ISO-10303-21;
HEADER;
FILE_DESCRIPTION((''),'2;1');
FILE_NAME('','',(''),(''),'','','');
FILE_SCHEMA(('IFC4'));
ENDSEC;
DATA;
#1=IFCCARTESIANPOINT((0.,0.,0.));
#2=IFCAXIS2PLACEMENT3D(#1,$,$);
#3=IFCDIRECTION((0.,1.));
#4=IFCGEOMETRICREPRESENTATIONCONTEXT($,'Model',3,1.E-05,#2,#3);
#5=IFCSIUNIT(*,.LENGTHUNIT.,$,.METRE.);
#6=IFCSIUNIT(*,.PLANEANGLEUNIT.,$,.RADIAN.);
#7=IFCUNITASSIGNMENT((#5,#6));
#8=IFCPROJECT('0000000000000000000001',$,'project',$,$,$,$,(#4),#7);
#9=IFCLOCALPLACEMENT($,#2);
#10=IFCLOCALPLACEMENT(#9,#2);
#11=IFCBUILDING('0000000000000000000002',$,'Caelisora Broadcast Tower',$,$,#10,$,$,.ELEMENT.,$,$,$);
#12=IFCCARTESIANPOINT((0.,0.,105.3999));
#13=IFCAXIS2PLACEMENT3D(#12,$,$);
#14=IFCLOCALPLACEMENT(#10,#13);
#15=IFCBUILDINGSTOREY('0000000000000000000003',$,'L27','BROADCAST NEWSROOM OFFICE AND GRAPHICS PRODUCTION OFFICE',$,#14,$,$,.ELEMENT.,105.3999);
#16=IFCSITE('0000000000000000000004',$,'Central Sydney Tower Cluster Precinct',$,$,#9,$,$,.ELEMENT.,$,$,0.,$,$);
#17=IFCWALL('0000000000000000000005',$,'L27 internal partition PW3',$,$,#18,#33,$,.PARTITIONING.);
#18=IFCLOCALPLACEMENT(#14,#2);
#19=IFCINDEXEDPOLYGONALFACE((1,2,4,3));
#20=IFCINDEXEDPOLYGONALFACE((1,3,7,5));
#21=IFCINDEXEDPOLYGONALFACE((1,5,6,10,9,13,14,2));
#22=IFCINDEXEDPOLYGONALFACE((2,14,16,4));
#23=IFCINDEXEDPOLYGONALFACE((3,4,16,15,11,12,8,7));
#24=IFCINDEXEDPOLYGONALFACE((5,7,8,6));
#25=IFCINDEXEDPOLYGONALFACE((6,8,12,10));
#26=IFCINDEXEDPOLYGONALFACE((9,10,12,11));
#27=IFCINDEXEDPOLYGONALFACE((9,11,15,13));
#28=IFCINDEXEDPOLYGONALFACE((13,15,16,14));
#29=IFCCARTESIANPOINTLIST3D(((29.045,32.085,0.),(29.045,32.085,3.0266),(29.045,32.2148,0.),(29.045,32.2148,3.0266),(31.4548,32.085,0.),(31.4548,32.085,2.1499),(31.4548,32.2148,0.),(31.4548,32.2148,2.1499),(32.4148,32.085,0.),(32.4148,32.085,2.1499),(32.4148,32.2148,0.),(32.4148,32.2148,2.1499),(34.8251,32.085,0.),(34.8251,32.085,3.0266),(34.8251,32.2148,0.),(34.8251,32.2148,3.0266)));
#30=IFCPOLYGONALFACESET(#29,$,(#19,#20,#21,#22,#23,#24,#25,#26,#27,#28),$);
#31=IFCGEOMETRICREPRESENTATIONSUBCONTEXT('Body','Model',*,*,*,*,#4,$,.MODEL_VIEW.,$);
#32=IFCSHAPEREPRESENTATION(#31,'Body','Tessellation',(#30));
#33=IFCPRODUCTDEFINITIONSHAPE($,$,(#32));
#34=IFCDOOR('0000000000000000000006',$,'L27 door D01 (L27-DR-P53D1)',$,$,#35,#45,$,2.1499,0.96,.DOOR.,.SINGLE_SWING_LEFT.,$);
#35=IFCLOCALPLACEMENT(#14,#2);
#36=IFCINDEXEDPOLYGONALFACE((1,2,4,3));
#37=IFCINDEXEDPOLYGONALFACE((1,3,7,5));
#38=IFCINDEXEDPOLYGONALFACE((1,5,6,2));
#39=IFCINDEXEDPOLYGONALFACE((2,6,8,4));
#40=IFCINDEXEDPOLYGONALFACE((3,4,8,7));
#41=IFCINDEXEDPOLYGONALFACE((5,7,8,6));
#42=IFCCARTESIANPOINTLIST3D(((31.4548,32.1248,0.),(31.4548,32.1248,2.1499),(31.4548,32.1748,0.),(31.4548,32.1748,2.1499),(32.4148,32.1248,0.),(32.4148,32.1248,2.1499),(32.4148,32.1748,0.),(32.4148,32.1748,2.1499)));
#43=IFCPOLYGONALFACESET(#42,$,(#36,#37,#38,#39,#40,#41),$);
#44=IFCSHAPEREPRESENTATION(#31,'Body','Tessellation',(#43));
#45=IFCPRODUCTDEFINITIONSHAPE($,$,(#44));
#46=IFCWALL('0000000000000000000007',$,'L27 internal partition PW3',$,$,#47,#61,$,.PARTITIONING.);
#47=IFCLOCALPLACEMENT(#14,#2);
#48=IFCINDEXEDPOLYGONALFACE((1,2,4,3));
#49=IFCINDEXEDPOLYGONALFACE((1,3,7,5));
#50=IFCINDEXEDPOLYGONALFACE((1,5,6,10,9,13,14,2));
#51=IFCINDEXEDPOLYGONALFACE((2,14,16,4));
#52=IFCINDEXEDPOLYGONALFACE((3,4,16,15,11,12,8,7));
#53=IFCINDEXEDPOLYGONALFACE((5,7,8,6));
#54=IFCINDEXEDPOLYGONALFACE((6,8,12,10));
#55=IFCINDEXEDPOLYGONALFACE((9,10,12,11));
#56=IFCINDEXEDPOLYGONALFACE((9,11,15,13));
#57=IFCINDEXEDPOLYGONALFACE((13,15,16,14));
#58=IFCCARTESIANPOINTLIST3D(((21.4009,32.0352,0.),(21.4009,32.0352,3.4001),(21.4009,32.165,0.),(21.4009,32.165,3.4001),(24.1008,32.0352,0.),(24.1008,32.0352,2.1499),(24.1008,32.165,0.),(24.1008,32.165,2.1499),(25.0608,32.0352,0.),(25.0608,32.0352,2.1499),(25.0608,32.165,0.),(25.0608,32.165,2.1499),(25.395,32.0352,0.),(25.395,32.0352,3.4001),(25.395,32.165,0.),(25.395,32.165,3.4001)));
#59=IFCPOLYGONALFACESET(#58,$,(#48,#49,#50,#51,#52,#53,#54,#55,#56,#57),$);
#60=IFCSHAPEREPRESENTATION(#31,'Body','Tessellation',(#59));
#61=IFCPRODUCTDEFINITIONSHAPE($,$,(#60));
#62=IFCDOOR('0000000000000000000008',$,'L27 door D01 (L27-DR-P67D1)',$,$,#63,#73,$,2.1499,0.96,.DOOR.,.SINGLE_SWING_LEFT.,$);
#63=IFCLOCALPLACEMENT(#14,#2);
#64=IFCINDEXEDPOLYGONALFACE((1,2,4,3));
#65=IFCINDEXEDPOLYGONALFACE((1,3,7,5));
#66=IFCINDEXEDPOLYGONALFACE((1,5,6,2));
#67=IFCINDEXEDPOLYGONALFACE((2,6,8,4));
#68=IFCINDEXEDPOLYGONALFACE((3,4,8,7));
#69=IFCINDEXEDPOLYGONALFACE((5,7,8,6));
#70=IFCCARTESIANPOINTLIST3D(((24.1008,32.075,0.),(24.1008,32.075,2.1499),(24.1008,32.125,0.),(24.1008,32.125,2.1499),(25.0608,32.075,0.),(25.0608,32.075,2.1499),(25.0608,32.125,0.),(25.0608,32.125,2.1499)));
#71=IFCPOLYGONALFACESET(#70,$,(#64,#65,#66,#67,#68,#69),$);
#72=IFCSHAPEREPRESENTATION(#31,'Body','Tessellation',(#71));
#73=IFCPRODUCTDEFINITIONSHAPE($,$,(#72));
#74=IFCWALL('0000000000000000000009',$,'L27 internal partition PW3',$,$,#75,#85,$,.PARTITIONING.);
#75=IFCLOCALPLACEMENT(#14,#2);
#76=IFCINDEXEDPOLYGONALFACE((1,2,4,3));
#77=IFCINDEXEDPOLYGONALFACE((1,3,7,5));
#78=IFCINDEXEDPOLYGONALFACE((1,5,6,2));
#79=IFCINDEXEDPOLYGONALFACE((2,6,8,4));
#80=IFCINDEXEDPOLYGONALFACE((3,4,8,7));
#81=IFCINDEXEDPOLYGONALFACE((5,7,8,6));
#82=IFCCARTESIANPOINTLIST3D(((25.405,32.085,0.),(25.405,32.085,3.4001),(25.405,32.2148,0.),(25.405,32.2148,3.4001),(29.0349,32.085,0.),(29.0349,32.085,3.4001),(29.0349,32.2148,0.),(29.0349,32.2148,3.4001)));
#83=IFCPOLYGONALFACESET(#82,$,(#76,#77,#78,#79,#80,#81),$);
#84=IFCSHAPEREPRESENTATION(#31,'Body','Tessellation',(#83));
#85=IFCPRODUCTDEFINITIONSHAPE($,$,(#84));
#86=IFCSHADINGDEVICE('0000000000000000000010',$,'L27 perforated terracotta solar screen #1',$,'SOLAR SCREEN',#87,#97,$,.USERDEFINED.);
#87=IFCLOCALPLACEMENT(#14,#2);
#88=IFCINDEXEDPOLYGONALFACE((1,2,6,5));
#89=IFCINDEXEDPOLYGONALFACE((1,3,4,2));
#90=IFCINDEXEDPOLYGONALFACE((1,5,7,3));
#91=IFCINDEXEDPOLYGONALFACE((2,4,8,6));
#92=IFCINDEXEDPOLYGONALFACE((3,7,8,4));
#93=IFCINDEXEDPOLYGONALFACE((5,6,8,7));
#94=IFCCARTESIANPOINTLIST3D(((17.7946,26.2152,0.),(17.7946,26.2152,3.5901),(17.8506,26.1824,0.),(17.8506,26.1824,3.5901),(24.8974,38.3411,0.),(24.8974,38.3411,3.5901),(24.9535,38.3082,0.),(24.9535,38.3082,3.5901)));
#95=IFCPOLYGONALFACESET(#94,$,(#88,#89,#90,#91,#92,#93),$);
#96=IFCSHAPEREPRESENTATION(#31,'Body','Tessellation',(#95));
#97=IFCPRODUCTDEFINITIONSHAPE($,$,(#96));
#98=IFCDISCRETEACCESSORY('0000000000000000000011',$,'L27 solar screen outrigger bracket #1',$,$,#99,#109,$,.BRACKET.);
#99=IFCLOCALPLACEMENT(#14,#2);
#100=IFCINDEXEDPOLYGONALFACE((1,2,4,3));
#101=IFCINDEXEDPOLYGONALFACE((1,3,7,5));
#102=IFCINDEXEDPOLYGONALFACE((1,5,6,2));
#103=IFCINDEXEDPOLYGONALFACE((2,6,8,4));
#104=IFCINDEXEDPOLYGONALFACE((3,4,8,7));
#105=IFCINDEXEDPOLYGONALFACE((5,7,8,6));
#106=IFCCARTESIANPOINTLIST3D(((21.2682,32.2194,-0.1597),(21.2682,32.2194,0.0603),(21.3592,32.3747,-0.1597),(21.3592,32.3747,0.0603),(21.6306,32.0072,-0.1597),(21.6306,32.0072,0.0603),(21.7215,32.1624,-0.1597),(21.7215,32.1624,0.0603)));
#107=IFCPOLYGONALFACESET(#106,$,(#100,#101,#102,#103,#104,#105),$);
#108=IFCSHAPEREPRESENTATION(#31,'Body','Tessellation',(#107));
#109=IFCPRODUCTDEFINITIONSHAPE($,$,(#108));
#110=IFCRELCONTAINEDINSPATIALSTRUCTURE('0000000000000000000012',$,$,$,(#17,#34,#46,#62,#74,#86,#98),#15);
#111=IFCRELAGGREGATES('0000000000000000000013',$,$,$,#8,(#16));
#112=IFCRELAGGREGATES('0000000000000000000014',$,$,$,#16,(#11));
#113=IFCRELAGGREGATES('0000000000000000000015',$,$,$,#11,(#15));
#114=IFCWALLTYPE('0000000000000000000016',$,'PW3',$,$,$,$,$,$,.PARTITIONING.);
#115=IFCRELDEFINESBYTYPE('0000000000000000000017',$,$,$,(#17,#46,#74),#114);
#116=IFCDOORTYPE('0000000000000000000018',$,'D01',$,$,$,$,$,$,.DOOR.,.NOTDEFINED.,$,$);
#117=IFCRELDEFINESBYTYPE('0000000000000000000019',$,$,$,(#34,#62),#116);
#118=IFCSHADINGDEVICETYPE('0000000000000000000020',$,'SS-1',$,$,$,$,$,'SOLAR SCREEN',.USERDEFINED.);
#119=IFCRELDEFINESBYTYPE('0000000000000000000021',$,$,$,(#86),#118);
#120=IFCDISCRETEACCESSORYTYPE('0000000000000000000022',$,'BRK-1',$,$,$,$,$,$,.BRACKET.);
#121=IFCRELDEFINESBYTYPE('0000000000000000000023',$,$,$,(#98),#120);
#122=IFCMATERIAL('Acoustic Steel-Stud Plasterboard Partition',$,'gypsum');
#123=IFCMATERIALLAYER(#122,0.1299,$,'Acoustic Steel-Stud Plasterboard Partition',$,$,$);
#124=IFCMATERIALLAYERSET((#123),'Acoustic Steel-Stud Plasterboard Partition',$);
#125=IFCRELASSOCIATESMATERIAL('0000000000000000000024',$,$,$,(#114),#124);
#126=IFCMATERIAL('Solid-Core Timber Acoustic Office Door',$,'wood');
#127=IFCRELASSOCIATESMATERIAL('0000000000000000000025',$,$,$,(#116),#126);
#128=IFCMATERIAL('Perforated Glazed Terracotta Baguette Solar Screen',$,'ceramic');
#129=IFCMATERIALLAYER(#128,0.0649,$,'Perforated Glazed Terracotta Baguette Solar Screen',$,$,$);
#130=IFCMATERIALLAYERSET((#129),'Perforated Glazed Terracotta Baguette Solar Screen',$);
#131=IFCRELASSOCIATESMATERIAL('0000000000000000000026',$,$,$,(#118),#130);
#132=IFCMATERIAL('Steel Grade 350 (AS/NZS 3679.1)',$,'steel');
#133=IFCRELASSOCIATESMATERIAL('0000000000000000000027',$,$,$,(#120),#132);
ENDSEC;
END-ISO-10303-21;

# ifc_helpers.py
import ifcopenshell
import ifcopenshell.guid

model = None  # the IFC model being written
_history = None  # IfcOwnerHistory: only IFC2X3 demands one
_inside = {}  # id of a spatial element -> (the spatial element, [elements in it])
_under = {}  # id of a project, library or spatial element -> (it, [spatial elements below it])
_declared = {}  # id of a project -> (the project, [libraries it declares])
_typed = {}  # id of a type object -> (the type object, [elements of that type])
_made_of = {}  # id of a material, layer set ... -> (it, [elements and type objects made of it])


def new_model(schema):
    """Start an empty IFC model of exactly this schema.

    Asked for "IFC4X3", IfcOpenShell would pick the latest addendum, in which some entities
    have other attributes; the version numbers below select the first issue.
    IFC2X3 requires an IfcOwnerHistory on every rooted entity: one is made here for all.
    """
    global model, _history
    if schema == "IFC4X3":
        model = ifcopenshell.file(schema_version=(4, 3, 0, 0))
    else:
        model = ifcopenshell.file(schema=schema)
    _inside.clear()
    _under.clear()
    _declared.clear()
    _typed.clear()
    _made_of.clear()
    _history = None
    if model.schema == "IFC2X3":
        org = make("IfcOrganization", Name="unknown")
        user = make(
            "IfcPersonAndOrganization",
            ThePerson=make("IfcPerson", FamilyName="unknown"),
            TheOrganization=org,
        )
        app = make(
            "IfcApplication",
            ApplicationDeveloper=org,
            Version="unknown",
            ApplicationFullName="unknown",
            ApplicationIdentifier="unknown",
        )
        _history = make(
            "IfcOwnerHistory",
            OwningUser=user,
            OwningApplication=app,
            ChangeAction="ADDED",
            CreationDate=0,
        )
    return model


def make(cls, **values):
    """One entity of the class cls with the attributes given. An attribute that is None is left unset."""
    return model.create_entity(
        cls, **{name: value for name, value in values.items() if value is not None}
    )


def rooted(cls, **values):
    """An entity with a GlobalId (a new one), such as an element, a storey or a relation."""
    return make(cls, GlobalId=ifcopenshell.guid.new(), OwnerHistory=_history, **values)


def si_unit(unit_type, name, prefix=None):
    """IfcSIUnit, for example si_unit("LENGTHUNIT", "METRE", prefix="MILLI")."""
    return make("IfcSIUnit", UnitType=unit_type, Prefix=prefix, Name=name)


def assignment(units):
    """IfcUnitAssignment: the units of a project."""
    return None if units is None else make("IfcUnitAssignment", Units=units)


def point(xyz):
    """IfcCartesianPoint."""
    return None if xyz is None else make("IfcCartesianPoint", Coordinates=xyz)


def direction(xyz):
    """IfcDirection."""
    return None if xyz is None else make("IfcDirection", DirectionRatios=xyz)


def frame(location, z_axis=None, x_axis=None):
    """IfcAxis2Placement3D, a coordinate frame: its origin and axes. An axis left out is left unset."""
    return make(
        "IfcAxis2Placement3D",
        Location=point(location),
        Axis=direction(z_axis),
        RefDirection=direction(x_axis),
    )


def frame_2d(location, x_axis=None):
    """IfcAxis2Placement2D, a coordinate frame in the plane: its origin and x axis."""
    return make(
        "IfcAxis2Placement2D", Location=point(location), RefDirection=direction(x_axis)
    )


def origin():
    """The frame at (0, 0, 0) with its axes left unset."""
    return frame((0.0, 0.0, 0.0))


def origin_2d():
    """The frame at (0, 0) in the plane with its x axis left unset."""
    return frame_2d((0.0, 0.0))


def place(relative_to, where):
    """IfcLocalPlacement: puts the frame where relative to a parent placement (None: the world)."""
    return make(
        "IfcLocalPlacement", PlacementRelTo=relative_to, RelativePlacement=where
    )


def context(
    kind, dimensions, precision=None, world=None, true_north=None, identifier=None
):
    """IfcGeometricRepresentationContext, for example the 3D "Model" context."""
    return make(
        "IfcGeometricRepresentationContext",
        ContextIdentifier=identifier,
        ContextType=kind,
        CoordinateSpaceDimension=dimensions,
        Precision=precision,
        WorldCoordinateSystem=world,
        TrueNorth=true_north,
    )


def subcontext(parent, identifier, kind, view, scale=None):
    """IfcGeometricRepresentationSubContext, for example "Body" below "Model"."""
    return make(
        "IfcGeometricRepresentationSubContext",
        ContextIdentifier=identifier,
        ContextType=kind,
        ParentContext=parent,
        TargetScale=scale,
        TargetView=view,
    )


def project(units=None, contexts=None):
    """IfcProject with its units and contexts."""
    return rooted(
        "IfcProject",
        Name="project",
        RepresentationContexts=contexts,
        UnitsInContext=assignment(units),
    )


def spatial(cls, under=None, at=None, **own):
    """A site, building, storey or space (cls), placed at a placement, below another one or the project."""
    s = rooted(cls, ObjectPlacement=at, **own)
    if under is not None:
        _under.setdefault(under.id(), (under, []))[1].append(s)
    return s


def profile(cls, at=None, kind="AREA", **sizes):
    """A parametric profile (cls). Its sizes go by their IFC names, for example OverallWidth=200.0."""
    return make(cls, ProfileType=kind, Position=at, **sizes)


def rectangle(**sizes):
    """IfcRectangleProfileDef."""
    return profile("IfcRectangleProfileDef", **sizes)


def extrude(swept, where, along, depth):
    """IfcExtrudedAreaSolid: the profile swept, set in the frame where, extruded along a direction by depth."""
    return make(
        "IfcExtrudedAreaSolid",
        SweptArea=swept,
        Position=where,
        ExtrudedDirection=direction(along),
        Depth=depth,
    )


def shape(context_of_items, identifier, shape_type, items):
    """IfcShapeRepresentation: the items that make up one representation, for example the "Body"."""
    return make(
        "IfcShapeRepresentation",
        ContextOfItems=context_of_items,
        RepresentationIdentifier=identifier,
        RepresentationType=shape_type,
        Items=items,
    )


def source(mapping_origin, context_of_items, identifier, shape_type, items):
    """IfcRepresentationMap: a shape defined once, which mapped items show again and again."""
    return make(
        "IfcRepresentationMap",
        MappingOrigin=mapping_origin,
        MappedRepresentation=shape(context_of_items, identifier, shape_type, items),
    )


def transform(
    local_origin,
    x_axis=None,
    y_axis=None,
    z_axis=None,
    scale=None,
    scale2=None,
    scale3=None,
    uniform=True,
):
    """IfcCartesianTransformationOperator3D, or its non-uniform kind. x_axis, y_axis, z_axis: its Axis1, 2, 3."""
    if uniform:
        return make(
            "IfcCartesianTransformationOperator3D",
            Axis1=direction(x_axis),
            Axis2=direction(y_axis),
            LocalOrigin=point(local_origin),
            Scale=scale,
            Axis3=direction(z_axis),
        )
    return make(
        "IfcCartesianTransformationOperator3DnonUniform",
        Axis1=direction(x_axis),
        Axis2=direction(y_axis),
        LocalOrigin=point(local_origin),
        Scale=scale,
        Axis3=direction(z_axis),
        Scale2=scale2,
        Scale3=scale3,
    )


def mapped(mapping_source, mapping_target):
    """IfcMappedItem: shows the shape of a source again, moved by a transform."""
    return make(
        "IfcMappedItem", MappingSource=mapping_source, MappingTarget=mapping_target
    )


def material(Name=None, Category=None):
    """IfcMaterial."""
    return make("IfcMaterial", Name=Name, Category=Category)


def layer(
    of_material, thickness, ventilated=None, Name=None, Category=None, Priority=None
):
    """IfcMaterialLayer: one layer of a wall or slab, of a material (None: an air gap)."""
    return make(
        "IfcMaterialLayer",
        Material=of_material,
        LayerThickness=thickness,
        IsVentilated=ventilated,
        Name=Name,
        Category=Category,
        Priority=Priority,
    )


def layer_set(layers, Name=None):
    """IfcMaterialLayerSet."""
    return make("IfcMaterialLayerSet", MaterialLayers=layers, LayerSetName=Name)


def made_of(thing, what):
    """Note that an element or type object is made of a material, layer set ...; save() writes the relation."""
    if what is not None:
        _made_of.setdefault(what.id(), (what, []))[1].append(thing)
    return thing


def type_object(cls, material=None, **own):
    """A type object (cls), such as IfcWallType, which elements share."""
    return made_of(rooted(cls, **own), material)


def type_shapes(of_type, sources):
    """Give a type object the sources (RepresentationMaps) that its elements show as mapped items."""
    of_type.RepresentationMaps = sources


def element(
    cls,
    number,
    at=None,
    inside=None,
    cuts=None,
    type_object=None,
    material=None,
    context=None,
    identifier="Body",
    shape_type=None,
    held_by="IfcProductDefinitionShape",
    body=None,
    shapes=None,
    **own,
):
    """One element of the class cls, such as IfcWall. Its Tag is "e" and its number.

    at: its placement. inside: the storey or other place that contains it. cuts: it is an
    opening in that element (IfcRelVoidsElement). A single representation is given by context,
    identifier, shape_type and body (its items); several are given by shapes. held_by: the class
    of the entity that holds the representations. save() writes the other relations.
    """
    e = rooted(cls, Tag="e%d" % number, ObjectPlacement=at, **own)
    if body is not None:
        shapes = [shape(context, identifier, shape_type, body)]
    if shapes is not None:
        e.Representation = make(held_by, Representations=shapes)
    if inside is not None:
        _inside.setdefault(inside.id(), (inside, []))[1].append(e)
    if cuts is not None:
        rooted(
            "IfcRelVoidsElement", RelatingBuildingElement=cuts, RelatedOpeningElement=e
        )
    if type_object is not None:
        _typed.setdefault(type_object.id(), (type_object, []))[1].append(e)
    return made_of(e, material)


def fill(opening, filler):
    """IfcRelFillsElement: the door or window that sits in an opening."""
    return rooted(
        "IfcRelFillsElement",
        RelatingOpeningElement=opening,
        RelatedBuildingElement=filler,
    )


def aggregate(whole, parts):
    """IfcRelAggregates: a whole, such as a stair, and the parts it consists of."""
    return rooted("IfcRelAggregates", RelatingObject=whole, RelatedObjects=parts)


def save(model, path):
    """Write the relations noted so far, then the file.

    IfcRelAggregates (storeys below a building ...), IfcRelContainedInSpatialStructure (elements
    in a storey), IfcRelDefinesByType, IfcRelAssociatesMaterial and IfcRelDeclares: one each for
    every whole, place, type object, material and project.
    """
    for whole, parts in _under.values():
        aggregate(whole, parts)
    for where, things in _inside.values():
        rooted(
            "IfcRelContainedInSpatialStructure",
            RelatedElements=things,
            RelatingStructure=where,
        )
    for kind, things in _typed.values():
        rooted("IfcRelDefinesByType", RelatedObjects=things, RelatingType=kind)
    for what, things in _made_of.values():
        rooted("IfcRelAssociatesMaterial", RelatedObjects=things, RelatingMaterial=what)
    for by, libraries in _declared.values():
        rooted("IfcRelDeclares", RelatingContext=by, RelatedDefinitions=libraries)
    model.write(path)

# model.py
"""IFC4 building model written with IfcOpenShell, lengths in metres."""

from ifc_helpers import new_model, si_unit, direction, frame, frame_2d, origin, origin_2d, place, context, subcontext, project, spatial, rectangle, extrude, source, transform, mapped, material, layer, layer_set, type_object, type_shapes, element, fill, save


model = new_model("IFC4")

# Units and contexts
model_context = context("Model", 3, precision=1e-05, world=origin(), true_north=direction((0.0, 1.0)))
body_context = subcontext(model_context, "Body", "Model", "MODEL_VIEW")
ifc_project = project(units=[si_unit("LENGTHUNIT", "METRE"), si_unit("PLANEANGLEUNIT", "RADIAN")], contexts=[model_context])

# Site, building, storey
site_placement = place(None, origin())
site = spatial("IfcSite", under=ifc_project, at=site_placement, Name="Central Sydney Tower Cluster Precinct", CompositionType="ELEMENT", RefElevation=0.0)
building_placement = place(site_placement, origin())
building = spatial("IfcBuilding", under=site, at=building_placement, Name="Caelisora Broadcast Tower", CompositionType="ELEMENT")
storey_placement = place(building_placement, frame((0.0, 0.0, 105.3999)))
storey = spatial("IfcBuildingStorey", under=building, at=storey_placement, Name="L27", Description="BROADCAST NEWSROOM OFFICE AND GRAPHICS PRODUCTION OFFICE", CompositionType="ELEMENT", Elevation=105.3999)

# Shared definitions
ifc_material_1 = material(Name="Steel Grade 350 (AS/NZS 3679.1)", Category="steel")

# Shared definitions
ifc_material_2 = material(Name="Acoustic Steel-Stud Plasterboard Partition", Category="gypsum")
ifc_layer_1 = layer(ifc_material_2, 0.1299, Name="Acoustic Steel-Stud Plasterboard Partition")
ifc_layer_set_1 = layer_set([ifc_layer_1], Name="Acoustic Steel-Stud Plasterboard Partition")
wall_type_1 = type_object("IfcWallType", Name="PW3", PredefinedType="PARTITIONING", material=ifc_layer_set_1)

# Walls, openings, doors
wall_1_placement = place(storey_placement, frame((29.0449, 32.1499, 0.0), z_axis=(0.0, 0.0, 1.0), x_axis=(1.0, 0.0, 0.0)))
wall_1 = element("IfcWall", 1, at=wall_1_placement, inside=storey, type_object=wall_type_1, Name="L27 internal partition PW3", PredefinedType="PARTITIONING", context=body_context, shape_type="SweptSolid", body=[
    extrude(rectangle(XDim=5.78, YDim=0.1299, at=frame_2d((2.8901, 0.0))), origin(), (0.0, 0.0, 1.0), 3.0266),
])
opening_1_placement = place(wall_1_placement, frame((2.4099, 0.0, 0.0)))
opening_1 = element("IfcOpeningElement", 2, at=opening_1_placement, cuts=wall_1, PredefinedType="OPENING", context=body_context, shape_type="SweptSolid", body=[
    extrude(rectangle(XDim=0.96, YDim=2.1499, at=frame_2d((0.48, 1.075))), frame((0.0, 0.0769, 0.0), z_axis=(0.0, -1.0, 0.0), x_axis=(1.0, 0.0, 0.0)), (0.0, 0.0, 1.0), 0.1538),
])
ifc_material_3 = material(Name="Solid-Core Timber Acoustic Office Door", Category="wood")
door_type = type_object("IfcDoorType", Name="D01", OperationType="NOTDEFINED", PredefinedType="DOOR", material=ifc_material_3)
door_1_placement = place(opening_1_placement, origin())
door_1 = element("IfcDoor", 3, at=door_1_placement, inside=storey, type_object=door_type, Name="L27 door D01 (L27-DR-P53D1)", OperationType="SINGLE_SWING_LEFT", OverallHeight=2.1499, OverallWidth=0.96, PredefinedType="DOOR", context=body_context, shape_type="SweptSolid", body=[
    extrude(rectangle(XDim=0.96, YDim=2.1499, at=frame_2d((0.48, 1.075))), frame((0.0, 0.0249, 0.0), z_axis=(0.0, -1.0, 0.0), x_axis=(1.0, 0.0, 0.0)), (0.0, 0.0, 1.0), 0.05),
])
fill(opening_1, door_1)
wall_2_placement = place(storey_placement, frame((21.4009, 32.1001, 0.0), z_axis=(0.0, 0.0, 1.0), x_axis=(1.0, 0.0, 0.0)))
wall_2 = element("IfcWall", 4, at=wall_2_placement, inside=storey, type_object=wall_type_1, Name="L27 internal partition PW3", PredefinedType="PARTITIONING", context=body_context, shape_type="SweptSolid", body=[
    extrude(rectangle(XDim=3.9941, YDim=0.1299, at=frame_2d((1.9971, 0.0))), origin(), (0.0, 0.0, 1.0), 3.4001),
])
opening_2_placement = place(wall_2_placement, frame((2.7, 0.0, 0.0)))
opening_2 = element("IfcOpeningElement", 5, at=opening_2_placement, cuts=wall_2, PredefinedType="OPENING", context=body_context, shape_type="SweptSolid", body=[
    extrude(rectangle(XDim=0.96, YDim=2.1499, at=frame_2d((0.48, 1.075))), frame((0.0, 0.0769, 0.0), z_axis=(0.0, -1.0, 0.0), x_axis=(1.0, 0.0, 0.0)), (0.0, 0.0, 1.0), 0.1538),
])
door_2_placement = place(opening_2_placement, origin())
door_2 = element("IfcDoor", 6, at=door_2_placement, inside=storey, type_object=door_type, Name="L27 door D01 (L27-DR-P67D1)", OperationType="SINGLE_SWING_LEFT", OverallHeight=2.1499, OverallWidth=0.96, PredefinedType="DOOR", context=body_context, shape_type="SweptSolid", body=[
    extrude(rectangle(XDim=0.96, YDim=2.1499, at=frame_2d((0.48, 1.075))), frame((0.0, 0.0249, 0.0), z_axis=(0.0, -1.0, 0.0), x_axis=(1.0, 0.0, 0.0)), (0.0, 0.0, 1.0), 0.05),
])
fill(opening_2, door_2)

# Wall
wall_3_placement = place(storey_placement, frame((25.405, 32.1499, 0.0), z_axis=(0.0, 0.0, 1.0), x_axis=(1.0, 0.0, 0.0)))
element("IfcWall", 7, at=wall_3_placement, inside=storey, type_object=wall_type_1, Name="L27 internal partition PW3", PredefinedType="PARTITIONING", context=body_context, shape_type="SweptSolid", body=[
    extrude(rectangle(XDim=3.6299, YDim=0.1299, at=frame_2d((1.8149, 0.0))), origin(), (0.0, 0.0, 1.0), 3.4001),
])

# Shading device
ifc_material_4 = material(Name="Perforated Glazed Terracotta Baguette Solar Screen", Category="ceramic")
ifc_layer_2 = layer(ifc_material_4, 0.0649, Name="Perforated Glazed Terracotta Baguette Solar Screen")
ifc_layer_set_2 = layer_set([ifc_layer_2], Name="Perforated Glazed Terracotta Baguette Solar Screen")
shading_device_type = type_object("IfcShadingDeviceType", Name="SS-1", ElementType="SOLAR SCREEN", PredefinedType="USERDEFINED", material=ifc_layer_set_2)
shared_shape_1 = source(origin(), body_context, "Body", "SweptSolid", [
    extrude(rectangle(XDim=14.053, YDim=0.0649, at=origin_2d()), origin(), (0.0, 0.0, 1.0), 3.5901),
])
type_shapes(shading_device_type, [shared_shape_1])
shading_device_placement = place(storey_placement, frame((21.374, 32.2617, 0.0), z_axis=(0.0, 0.0, 1.0), x_axis=(-0.505431, -0.862867, 0.0)))
element("IfcShadingDevice", 8, at=shading_device_placement, inside=storey, type_object=shading_device_type, Name="L27 perforated terracotta solar screen #1", ObjectType="SOLAR SCREEN", PredefinedType="USERDEFINED", context=body_context, shape_type="MappedRepresentation", body=[
    mapped(shared_shape_1, transform((0.0, 0.0, 0.0), scale=1.0)),
])

# Discrete accessory
discrete_accessory_type = type_object("IfcDiscreteAccessoryType", Name="BRK-1", PredefinedType="BRACKET", material=ifc_material_1)
shared_shape_2 = source(origin(), body_context, "Body", "SweptSolid", [
    extrude(rectangle(XDim=0.1799, YDim=0.4199, at=origin_2d()), origin(), (0.0, 0.0, 1.0), 0.22),
])
type_shapes(discrete_accessory_type, [shared_shape_2])
discrete_accessory_placement = place(storey_placement, frame((21.4949, 32.1909, -0.1597), z_axis=(0.0, 0.0, 1.0), x_axis=(-0.505431, -0.862867, 0.0)))
element("IfcDiscreteAccessory", 9, at=discrete_accessory_placement, inside=storey, type_object=discrete_accessory_type, Name="L27 solar screen outrigger bracket #1", PredefinedType="BRACKET", context=body_context, shape_type="MappedRepresentation", body=[
    mapped(shared_shape_2, transform((0.0, 0.0, 0.0), scale=1.0)),
])

save(model, "model.ifc")
